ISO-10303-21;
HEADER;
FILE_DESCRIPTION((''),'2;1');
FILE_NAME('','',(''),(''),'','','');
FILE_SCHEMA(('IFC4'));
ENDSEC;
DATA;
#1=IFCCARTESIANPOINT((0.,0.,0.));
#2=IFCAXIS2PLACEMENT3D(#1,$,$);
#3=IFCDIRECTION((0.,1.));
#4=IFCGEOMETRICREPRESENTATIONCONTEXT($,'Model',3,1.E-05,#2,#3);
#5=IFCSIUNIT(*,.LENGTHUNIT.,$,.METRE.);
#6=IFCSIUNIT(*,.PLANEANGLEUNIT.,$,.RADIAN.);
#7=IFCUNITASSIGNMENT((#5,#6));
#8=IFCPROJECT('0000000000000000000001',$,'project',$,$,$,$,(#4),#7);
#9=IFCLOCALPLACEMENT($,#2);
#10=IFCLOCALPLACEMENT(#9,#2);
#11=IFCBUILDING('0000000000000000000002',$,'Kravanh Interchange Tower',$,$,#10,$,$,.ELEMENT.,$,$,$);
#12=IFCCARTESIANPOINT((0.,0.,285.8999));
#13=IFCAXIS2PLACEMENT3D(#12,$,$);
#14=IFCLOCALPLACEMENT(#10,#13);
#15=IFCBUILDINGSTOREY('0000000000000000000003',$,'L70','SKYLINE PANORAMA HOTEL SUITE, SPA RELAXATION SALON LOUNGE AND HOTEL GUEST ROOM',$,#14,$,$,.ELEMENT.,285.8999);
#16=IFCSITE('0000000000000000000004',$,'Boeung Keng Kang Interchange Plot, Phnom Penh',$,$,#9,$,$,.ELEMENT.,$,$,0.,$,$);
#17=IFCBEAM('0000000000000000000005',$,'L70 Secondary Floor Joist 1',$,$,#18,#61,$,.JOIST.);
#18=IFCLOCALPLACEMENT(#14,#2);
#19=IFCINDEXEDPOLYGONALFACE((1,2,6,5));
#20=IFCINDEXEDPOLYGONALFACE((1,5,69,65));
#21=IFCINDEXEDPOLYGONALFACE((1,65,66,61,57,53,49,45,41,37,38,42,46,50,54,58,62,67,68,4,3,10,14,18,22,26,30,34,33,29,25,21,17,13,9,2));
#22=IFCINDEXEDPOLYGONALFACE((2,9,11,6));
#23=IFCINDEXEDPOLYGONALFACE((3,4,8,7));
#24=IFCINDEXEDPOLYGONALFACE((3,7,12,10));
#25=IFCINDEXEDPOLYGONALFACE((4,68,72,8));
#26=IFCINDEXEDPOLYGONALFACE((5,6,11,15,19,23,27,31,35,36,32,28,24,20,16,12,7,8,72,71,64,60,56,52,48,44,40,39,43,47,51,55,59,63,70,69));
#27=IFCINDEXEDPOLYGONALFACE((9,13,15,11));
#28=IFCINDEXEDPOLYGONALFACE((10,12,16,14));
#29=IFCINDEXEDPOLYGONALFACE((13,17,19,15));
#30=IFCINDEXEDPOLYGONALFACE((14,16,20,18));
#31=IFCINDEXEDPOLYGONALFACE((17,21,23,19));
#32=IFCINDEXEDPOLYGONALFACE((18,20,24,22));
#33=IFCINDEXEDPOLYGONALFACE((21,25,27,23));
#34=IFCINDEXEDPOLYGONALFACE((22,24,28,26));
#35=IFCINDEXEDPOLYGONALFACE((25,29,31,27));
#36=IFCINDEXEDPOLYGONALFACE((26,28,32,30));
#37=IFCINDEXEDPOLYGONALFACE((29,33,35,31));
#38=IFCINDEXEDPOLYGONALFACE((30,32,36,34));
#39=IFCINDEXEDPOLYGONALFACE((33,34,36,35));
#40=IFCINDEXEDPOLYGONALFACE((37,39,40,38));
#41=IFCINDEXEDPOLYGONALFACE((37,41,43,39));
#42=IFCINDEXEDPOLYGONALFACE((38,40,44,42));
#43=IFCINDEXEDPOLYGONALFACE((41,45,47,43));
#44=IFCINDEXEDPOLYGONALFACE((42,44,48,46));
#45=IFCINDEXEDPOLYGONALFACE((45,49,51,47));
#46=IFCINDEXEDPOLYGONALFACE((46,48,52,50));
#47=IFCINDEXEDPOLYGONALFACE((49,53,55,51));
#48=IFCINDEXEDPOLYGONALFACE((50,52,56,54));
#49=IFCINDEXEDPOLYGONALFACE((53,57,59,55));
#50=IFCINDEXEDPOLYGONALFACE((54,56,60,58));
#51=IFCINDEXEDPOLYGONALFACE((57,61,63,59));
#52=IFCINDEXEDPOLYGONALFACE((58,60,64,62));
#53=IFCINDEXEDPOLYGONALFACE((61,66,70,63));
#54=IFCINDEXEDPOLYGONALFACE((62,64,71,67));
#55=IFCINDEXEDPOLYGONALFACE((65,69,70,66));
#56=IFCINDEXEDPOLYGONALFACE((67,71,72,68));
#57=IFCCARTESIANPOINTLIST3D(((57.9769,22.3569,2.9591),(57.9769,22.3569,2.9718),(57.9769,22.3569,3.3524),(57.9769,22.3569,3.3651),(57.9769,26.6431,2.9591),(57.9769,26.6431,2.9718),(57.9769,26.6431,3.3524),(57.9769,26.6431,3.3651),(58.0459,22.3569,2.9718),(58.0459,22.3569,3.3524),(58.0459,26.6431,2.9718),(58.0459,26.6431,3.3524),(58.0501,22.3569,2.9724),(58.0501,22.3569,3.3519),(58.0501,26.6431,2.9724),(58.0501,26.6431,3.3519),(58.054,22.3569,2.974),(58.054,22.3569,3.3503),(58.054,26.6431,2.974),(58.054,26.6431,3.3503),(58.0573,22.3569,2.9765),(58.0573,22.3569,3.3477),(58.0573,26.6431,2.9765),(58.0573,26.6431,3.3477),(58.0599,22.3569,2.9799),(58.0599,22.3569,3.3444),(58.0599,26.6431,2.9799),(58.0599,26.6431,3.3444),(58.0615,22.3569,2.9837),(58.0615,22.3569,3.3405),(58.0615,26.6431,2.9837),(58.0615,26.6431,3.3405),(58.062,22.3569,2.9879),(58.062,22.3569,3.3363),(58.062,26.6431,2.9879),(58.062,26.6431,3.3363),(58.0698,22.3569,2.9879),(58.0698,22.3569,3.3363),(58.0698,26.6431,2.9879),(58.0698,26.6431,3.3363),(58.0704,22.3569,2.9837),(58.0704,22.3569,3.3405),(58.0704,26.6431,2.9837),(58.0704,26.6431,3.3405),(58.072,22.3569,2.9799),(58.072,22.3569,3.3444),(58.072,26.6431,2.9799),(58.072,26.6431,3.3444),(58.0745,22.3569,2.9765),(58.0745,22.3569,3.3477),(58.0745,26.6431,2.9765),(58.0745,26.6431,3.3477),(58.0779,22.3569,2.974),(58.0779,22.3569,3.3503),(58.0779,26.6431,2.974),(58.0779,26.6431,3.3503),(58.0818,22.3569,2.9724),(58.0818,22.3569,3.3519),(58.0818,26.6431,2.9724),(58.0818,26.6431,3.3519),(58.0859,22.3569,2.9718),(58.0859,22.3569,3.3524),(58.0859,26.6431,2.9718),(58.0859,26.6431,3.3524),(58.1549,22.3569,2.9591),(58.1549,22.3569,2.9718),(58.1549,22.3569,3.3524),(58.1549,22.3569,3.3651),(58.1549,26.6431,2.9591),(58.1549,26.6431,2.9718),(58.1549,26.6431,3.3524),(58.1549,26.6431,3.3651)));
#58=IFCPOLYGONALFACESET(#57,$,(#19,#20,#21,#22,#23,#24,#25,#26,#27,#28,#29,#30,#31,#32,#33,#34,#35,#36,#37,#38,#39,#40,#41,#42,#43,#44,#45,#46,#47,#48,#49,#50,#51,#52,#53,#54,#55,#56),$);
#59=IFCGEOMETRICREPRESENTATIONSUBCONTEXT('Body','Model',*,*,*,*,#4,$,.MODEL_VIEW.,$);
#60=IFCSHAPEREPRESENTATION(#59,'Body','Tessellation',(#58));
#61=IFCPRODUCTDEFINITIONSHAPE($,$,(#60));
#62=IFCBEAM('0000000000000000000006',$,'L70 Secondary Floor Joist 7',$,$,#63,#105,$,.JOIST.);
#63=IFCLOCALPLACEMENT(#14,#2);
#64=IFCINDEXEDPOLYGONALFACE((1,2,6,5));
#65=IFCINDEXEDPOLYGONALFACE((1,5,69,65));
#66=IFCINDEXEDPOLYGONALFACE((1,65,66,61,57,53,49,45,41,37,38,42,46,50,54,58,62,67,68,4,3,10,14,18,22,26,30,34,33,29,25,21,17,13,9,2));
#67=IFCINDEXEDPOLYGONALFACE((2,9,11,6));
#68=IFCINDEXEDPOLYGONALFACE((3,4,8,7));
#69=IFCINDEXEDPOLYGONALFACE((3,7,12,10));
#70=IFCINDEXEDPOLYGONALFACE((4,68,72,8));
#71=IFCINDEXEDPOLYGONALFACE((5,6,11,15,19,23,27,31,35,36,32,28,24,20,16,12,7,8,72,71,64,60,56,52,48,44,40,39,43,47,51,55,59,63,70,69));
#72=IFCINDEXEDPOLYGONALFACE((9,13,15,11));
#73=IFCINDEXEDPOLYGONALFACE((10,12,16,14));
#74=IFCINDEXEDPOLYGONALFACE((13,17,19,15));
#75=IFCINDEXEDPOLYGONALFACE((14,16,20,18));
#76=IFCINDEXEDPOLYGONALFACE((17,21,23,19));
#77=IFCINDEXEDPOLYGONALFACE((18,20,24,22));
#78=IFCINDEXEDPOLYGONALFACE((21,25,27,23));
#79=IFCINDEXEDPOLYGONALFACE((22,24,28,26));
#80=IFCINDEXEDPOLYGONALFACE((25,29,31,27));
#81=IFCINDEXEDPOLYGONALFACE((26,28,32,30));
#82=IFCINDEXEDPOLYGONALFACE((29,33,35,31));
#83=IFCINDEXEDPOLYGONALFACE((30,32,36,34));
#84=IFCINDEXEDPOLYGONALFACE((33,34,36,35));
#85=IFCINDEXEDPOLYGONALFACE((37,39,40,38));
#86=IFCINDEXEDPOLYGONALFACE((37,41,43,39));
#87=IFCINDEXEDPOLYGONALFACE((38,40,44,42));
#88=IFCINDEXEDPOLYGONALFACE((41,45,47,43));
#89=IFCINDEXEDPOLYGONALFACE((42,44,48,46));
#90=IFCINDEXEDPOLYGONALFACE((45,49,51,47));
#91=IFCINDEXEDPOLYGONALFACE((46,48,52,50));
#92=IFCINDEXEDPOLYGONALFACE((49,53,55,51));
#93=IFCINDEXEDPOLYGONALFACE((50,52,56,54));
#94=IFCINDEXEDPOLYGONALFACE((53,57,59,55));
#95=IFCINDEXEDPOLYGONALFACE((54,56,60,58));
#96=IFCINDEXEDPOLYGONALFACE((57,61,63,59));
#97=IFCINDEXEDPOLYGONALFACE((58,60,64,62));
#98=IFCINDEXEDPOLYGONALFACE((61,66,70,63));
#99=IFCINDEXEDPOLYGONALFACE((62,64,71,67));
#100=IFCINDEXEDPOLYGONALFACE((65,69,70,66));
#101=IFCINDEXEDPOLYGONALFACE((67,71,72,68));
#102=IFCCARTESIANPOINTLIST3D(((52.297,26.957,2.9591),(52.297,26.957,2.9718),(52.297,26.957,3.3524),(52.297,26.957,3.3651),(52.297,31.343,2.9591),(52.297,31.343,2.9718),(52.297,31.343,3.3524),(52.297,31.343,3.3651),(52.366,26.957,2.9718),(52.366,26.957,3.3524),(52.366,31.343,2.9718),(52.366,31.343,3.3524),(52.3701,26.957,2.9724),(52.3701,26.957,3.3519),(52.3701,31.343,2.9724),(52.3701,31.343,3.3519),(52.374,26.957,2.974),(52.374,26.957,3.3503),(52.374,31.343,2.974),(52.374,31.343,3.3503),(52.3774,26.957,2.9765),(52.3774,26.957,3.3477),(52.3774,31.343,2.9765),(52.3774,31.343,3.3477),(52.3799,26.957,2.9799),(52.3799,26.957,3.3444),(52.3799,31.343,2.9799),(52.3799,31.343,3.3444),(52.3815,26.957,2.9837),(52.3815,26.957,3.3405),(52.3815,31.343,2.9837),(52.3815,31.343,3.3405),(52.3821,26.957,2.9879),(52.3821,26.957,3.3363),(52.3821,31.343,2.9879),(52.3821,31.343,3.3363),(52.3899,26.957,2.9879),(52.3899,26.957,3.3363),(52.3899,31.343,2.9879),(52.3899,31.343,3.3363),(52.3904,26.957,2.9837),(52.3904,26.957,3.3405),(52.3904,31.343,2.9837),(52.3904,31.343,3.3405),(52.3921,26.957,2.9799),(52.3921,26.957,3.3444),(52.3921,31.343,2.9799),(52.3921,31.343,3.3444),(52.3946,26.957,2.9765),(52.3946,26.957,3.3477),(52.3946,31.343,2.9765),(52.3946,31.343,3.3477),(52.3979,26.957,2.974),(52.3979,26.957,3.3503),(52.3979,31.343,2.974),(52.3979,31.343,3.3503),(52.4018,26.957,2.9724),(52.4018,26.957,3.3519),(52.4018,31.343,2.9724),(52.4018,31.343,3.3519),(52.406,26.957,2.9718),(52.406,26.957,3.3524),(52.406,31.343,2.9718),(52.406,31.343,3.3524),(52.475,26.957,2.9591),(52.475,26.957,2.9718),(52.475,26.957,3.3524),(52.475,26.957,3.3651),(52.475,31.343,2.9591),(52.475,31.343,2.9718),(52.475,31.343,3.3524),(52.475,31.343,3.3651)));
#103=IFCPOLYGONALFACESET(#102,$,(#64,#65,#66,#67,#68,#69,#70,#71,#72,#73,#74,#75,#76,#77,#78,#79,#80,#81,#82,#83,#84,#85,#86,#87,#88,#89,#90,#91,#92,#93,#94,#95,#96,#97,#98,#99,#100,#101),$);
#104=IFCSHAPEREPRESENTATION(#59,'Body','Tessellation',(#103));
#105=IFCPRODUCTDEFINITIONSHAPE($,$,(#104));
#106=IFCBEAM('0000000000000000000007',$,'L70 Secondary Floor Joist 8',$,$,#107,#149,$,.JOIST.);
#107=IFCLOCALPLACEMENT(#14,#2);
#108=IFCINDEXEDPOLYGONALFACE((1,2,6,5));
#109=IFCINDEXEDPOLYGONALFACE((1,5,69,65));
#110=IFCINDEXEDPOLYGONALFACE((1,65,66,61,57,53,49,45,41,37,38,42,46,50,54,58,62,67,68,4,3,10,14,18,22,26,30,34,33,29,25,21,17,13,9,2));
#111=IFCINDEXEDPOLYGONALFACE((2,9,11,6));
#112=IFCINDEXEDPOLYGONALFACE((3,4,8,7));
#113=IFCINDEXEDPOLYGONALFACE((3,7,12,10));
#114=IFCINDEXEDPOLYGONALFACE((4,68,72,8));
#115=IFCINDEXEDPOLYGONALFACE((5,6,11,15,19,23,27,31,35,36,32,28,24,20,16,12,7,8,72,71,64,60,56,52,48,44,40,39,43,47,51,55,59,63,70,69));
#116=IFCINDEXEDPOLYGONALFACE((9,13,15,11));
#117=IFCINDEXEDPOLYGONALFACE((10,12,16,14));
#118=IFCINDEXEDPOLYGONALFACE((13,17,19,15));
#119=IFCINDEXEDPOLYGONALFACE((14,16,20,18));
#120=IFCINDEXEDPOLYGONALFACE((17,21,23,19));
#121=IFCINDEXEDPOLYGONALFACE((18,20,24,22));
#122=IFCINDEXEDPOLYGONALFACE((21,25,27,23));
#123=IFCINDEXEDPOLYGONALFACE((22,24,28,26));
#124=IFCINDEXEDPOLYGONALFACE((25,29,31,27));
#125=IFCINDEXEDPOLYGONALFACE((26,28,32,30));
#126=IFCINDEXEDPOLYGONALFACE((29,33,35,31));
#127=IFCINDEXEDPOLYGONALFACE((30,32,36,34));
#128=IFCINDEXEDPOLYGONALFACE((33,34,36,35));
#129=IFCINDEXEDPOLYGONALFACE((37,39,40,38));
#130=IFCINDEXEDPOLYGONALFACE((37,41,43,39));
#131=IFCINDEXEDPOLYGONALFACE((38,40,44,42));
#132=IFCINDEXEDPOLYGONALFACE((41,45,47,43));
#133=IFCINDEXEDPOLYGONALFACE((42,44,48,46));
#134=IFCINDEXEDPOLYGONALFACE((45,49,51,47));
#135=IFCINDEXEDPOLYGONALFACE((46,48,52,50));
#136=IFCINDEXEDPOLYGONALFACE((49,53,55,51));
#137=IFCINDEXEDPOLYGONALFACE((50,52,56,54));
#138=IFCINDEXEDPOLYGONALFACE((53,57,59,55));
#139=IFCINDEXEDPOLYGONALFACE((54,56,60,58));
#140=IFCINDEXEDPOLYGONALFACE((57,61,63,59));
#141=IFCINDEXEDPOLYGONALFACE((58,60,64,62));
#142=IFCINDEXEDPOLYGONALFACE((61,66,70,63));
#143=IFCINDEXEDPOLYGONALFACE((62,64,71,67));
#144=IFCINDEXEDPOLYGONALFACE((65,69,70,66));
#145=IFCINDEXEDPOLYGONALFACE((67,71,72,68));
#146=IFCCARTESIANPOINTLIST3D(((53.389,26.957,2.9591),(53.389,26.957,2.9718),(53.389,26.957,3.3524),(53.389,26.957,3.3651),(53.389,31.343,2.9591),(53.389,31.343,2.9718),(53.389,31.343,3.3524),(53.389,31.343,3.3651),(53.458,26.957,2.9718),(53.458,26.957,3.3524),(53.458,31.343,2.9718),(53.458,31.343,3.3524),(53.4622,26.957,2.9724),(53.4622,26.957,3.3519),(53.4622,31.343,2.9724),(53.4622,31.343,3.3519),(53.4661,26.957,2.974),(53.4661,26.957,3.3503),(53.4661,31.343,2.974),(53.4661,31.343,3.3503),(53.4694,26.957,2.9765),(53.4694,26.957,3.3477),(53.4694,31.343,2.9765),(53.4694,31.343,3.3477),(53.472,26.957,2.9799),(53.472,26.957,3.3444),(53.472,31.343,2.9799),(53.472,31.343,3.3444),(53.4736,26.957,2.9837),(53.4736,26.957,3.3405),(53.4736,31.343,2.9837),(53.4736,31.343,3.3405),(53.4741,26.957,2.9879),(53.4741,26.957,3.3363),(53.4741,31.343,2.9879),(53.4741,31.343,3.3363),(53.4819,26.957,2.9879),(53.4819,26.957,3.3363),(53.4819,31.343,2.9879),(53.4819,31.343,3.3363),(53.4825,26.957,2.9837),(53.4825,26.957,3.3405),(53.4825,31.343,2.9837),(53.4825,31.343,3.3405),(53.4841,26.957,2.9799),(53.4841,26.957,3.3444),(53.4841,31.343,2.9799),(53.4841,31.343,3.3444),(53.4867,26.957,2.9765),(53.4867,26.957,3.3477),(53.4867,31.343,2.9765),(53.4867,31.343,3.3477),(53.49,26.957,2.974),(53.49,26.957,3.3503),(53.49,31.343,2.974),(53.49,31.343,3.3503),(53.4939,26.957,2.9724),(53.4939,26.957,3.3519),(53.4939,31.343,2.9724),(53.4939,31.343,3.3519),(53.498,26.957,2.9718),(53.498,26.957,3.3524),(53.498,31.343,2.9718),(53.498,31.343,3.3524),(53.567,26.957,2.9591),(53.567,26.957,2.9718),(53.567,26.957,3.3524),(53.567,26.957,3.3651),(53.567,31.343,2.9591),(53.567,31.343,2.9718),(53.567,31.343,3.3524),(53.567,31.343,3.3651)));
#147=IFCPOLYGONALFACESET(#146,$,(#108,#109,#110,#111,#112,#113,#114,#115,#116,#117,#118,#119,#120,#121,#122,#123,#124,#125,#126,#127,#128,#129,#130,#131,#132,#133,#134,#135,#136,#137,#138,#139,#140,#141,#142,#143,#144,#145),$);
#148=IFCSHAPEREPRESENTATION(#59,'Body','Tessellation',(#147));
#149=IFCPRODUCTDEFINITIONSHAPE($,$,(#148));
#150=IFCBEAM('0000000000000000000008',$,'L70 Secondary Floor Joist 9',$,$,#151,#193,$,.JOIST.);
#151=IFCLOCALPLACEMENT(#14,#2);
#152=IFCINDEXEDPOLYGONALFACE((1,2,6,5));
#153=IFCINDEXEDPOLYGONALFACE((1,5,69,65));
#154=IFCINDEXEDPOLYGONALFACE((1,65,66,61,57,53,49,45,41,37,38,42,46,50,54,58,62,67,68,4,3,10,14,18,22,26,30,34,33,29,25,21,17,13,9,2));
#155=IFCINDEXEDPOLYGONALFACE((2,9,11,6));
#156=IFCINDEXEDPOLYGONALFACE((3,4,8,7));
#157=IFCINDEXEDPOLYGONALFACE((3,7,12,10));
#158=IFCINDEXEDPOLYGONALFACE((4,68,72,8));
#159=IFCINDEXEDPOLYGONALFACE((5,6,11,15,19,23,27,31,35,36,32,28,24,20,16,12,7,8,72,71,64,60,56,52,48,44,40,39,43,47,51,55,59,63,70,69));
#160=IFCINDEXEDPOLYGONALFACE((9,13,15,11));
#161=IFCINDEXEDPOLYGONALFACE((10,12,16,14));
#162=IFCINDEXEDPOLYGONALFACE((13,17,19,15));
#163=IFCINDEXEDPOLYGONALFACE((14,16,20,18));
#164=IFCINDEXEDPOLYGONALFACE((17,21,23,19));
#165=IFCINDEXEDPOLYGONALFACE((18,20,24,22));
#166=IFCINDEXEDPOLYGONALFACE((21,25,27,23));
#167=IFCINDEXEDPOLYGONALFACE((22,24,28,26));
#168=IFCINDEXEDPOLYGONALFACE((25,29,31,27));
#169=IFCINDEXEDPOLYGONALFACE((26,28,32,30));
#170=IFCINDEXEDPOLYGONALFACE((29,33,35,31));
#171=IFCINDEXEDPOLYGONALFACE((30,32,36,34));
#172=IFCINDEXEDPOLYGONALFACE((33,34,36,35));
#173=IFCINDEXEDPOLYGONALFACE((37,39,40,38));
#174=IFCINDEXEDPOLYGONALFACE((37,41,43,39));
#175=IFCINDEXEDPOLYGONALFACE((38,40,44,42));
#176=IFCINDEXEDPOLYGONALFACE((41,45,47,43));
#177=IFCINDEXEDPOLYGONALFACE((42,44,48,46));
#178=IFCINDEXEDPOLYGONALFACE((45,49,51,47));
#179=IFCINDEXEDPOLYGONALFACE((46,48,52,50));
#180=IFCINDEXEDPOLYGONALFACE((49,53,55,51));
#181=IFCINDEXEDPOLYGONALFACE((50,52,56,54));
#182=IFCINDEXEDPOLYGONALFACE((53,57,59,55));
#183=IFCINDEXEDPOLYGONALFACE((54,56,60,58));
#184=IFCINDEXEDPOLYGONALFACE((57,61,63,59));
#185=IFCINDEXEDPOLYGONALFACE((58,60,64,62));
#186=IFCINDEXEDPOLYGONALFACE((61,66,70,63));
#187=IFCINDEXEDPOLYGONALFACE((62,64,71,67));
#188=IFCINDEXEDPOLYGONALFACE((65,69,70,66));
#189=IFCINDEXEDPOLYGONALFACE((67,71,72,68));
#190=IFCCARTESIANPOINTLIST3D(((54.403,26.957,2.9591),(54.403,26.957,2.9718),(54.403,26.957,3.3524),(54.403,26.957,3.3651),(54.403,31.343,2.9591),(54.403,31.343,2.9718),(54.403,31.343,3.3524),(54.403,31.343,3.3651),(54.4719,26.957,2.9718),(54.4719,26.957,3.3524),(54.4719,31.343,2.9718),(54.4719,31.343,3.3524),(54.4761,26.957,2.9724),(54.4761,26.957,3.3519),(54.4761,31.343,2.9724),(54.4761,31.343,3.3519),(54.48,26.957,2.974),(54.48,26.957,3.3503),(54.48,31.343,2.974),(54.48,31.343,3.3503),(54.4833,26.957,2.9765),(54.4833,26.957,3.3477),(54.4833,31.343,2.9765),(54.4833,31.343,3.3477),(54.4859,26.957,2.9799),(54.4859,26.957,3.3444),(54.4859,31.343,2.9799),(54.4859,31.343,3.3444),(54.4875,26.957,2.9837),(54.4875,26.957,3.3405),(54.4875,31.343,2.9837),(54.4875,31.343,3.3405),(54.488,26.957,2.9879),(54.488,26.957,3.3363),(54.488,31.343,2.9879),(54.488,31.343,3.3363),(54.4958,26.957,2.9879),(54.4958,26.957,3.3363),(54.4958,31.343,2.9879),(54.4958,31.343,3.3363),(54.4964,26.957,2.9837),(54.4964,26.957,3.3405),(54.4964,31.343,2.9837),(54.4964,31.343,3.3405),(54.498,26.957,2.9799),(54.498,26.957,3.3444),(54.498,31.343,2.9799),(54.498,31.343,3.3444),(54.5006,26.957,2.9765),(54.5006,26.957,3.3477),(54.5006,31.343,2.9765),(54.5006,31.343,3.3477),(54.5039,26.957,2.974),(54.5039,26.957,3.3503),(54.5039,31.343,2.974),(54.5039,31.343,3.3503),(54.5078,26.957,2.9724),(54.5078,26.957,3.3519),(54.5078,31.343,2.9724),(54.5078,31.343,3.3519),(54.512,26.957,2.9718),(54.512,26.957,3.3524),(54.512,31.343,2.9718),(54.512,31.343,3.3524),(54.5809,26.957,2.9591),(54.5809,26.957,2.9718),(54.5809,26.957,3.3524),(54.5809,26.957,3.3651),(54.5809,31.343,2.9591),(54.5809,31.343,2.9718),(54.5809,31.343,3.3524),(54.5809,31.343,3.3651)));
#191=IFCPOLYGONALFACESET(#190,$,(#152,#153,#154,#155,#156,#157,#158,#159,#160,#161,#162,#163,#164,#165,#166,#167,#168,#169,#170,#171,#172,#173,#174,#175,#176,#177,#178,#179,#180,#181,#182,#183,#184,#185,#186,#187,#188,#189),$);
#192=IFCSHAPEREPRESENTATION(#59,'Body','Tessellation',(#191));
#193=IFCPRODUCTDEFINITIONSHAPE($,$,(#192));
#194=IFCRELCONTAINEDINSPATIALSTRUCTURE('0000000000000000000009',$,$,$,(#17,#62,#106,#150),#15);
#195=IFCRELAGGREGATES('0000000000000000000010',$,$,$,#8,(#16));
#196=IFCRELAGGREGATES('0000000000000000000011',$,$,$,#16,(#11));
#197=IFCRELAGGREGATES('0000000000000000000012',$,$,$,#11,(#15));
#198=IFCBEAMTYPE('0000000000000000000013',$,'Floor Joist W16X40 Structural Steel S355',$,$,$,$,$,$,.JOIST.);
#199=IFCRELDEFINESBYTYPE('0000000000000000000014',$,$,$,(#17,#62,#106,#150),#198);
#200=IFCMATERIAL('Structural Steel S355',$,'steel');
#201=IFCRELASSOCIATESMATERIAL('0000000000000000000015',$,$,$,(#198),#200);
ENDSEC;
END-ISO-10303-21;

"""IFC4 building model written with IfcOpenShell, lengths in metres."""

from ifc_helpers import new_model, si_unit, direction, frame, origin, origin_2d, place, context, subcontext, project, spatial, i_section, extrude, material, material_profile, profile_set, type_object, element, save


model = new_model("IFC4")

# Units and contexts
model_context = context("Model", 3, precision=1e-05, world=origin(), true_north=direction((0.0, 1.0)))
body_context = subcontext(model_context, "Body", "Model", "MODEL_VIEW")
ifc_project = project(units=[si_unit("LENGTHUNIT", "METRE"), si_unit("PLANEANGLEUNIT", "RADIAN")], contexts=[model_context])

# Site, building, storey
site_placement = place(None, origin())
site = spatial("IfcSite", under=ifc_project, at=site_placement, Name="Boeung Keng Kang Interchange Plot, Phnom Penh", CompositionType="ELEMENT", RefElevation=0.0)
building_placement = place(site_placement, origin())
building = spatial("IfcBuilding", under=site, at=building_placement, Name="Kravanh Interchange Tower", CompositionType="ELEMENT")
storey_placement = place(building_placement, frame((0.0, 0.0, 285.8999)))
storey = spatial("IfcBuildingStorey", under=building, at=storey_placement, Name="L70", Description="SKYLINE PANORAMA HOTEL SUITE, SPA RELAXATION SALON LOUNGE AND HOTEL GUEST ROOM", CompositionType="ELEMENT", Elevation=285.8999)

# Beams
ifc_material_1 = material(Name="Structural Steel S355", Category="steel")
ifc_material_profile_1 = material_profile(ifc_material_1, i_section(OverallWidth=0.178, OverallDepth=0.406, WebThickness=0.0078, FlangeThickness=0.0127, FilletRadius=0.0161, at=origin_2d()), Name="W16X40")
ifc_profile_set_1 = profile_set([ifc_material_profile_1], Name="Structural Steel S355")
beam_type_1 = type_object("IfcBeamType", Name="Floor Joist W16X40 Structural Steel S355", PredefinedType="JOIST", material=ifc_profile_set_1)
beam_1_placement = place(storey_placement, frame((58.0659, 22.3569, 3.1621), z_axis=(0.0, 1.0, 0.0), x_axis=(-1.0, 0.0, 0.0)))
element("IfcBeam", 1, at=beam_1_placement, inside=storey, type_object=beam_type_1, Name="L70 Secondary Floor Joist 1", PredefinedType="JOIST", context=body_context, shape_type="SweptSolid", body=[
    extrude(i_section(OverallWidth=0.178, OverallDepth=0.406, WebThickness=0.0078, FlangeThickness=0.0127, FilletRadius=0.0161, at=origin_2d()), origin(), (0.0, 0.0, 1.0), 4.2861),
])
for number, where, z_axis, x_axis, name in (
    (2, (52.386, 26.957, 3.1621), (0.0, 1.0, 0.0), (-1.0, 0.0, 0.0), "L70 Secondary Floor Joist 7"),
    (3, (53.478, 26.957, 3.1621), (0.0, 1.0, 0.0), (-1.0, 0.0, 0.0), "L70 Secondary Floor Joist 8"),
    (4, (54.4919, 26.957, 3.1621), (0.0, 1.0, 0.0), (-1.0, 0.0, 0.0), "L70 Secondary Floor Joist 9"),
):
    element("IfcBeam", number, at=place(storey_placement, frame(where, z_axis=z_axis, x_axis=x_axis)), inside=storey, type_object=beam_type_1, Name=name, PredefinedType="JOIST", context=body_context, shape_type="SweptSolid", body=[
        extrude(i_section(OverallWidth=0.178, OverallDepth=0.406, WebThickness=0.0078, FlangeThickness=0.0127, FilletRadius=0.0161, at=origin_2d()), origin(), (0.0, 0.0, 1.0), 4.386),
    ])

save(model, "model.ifc")
